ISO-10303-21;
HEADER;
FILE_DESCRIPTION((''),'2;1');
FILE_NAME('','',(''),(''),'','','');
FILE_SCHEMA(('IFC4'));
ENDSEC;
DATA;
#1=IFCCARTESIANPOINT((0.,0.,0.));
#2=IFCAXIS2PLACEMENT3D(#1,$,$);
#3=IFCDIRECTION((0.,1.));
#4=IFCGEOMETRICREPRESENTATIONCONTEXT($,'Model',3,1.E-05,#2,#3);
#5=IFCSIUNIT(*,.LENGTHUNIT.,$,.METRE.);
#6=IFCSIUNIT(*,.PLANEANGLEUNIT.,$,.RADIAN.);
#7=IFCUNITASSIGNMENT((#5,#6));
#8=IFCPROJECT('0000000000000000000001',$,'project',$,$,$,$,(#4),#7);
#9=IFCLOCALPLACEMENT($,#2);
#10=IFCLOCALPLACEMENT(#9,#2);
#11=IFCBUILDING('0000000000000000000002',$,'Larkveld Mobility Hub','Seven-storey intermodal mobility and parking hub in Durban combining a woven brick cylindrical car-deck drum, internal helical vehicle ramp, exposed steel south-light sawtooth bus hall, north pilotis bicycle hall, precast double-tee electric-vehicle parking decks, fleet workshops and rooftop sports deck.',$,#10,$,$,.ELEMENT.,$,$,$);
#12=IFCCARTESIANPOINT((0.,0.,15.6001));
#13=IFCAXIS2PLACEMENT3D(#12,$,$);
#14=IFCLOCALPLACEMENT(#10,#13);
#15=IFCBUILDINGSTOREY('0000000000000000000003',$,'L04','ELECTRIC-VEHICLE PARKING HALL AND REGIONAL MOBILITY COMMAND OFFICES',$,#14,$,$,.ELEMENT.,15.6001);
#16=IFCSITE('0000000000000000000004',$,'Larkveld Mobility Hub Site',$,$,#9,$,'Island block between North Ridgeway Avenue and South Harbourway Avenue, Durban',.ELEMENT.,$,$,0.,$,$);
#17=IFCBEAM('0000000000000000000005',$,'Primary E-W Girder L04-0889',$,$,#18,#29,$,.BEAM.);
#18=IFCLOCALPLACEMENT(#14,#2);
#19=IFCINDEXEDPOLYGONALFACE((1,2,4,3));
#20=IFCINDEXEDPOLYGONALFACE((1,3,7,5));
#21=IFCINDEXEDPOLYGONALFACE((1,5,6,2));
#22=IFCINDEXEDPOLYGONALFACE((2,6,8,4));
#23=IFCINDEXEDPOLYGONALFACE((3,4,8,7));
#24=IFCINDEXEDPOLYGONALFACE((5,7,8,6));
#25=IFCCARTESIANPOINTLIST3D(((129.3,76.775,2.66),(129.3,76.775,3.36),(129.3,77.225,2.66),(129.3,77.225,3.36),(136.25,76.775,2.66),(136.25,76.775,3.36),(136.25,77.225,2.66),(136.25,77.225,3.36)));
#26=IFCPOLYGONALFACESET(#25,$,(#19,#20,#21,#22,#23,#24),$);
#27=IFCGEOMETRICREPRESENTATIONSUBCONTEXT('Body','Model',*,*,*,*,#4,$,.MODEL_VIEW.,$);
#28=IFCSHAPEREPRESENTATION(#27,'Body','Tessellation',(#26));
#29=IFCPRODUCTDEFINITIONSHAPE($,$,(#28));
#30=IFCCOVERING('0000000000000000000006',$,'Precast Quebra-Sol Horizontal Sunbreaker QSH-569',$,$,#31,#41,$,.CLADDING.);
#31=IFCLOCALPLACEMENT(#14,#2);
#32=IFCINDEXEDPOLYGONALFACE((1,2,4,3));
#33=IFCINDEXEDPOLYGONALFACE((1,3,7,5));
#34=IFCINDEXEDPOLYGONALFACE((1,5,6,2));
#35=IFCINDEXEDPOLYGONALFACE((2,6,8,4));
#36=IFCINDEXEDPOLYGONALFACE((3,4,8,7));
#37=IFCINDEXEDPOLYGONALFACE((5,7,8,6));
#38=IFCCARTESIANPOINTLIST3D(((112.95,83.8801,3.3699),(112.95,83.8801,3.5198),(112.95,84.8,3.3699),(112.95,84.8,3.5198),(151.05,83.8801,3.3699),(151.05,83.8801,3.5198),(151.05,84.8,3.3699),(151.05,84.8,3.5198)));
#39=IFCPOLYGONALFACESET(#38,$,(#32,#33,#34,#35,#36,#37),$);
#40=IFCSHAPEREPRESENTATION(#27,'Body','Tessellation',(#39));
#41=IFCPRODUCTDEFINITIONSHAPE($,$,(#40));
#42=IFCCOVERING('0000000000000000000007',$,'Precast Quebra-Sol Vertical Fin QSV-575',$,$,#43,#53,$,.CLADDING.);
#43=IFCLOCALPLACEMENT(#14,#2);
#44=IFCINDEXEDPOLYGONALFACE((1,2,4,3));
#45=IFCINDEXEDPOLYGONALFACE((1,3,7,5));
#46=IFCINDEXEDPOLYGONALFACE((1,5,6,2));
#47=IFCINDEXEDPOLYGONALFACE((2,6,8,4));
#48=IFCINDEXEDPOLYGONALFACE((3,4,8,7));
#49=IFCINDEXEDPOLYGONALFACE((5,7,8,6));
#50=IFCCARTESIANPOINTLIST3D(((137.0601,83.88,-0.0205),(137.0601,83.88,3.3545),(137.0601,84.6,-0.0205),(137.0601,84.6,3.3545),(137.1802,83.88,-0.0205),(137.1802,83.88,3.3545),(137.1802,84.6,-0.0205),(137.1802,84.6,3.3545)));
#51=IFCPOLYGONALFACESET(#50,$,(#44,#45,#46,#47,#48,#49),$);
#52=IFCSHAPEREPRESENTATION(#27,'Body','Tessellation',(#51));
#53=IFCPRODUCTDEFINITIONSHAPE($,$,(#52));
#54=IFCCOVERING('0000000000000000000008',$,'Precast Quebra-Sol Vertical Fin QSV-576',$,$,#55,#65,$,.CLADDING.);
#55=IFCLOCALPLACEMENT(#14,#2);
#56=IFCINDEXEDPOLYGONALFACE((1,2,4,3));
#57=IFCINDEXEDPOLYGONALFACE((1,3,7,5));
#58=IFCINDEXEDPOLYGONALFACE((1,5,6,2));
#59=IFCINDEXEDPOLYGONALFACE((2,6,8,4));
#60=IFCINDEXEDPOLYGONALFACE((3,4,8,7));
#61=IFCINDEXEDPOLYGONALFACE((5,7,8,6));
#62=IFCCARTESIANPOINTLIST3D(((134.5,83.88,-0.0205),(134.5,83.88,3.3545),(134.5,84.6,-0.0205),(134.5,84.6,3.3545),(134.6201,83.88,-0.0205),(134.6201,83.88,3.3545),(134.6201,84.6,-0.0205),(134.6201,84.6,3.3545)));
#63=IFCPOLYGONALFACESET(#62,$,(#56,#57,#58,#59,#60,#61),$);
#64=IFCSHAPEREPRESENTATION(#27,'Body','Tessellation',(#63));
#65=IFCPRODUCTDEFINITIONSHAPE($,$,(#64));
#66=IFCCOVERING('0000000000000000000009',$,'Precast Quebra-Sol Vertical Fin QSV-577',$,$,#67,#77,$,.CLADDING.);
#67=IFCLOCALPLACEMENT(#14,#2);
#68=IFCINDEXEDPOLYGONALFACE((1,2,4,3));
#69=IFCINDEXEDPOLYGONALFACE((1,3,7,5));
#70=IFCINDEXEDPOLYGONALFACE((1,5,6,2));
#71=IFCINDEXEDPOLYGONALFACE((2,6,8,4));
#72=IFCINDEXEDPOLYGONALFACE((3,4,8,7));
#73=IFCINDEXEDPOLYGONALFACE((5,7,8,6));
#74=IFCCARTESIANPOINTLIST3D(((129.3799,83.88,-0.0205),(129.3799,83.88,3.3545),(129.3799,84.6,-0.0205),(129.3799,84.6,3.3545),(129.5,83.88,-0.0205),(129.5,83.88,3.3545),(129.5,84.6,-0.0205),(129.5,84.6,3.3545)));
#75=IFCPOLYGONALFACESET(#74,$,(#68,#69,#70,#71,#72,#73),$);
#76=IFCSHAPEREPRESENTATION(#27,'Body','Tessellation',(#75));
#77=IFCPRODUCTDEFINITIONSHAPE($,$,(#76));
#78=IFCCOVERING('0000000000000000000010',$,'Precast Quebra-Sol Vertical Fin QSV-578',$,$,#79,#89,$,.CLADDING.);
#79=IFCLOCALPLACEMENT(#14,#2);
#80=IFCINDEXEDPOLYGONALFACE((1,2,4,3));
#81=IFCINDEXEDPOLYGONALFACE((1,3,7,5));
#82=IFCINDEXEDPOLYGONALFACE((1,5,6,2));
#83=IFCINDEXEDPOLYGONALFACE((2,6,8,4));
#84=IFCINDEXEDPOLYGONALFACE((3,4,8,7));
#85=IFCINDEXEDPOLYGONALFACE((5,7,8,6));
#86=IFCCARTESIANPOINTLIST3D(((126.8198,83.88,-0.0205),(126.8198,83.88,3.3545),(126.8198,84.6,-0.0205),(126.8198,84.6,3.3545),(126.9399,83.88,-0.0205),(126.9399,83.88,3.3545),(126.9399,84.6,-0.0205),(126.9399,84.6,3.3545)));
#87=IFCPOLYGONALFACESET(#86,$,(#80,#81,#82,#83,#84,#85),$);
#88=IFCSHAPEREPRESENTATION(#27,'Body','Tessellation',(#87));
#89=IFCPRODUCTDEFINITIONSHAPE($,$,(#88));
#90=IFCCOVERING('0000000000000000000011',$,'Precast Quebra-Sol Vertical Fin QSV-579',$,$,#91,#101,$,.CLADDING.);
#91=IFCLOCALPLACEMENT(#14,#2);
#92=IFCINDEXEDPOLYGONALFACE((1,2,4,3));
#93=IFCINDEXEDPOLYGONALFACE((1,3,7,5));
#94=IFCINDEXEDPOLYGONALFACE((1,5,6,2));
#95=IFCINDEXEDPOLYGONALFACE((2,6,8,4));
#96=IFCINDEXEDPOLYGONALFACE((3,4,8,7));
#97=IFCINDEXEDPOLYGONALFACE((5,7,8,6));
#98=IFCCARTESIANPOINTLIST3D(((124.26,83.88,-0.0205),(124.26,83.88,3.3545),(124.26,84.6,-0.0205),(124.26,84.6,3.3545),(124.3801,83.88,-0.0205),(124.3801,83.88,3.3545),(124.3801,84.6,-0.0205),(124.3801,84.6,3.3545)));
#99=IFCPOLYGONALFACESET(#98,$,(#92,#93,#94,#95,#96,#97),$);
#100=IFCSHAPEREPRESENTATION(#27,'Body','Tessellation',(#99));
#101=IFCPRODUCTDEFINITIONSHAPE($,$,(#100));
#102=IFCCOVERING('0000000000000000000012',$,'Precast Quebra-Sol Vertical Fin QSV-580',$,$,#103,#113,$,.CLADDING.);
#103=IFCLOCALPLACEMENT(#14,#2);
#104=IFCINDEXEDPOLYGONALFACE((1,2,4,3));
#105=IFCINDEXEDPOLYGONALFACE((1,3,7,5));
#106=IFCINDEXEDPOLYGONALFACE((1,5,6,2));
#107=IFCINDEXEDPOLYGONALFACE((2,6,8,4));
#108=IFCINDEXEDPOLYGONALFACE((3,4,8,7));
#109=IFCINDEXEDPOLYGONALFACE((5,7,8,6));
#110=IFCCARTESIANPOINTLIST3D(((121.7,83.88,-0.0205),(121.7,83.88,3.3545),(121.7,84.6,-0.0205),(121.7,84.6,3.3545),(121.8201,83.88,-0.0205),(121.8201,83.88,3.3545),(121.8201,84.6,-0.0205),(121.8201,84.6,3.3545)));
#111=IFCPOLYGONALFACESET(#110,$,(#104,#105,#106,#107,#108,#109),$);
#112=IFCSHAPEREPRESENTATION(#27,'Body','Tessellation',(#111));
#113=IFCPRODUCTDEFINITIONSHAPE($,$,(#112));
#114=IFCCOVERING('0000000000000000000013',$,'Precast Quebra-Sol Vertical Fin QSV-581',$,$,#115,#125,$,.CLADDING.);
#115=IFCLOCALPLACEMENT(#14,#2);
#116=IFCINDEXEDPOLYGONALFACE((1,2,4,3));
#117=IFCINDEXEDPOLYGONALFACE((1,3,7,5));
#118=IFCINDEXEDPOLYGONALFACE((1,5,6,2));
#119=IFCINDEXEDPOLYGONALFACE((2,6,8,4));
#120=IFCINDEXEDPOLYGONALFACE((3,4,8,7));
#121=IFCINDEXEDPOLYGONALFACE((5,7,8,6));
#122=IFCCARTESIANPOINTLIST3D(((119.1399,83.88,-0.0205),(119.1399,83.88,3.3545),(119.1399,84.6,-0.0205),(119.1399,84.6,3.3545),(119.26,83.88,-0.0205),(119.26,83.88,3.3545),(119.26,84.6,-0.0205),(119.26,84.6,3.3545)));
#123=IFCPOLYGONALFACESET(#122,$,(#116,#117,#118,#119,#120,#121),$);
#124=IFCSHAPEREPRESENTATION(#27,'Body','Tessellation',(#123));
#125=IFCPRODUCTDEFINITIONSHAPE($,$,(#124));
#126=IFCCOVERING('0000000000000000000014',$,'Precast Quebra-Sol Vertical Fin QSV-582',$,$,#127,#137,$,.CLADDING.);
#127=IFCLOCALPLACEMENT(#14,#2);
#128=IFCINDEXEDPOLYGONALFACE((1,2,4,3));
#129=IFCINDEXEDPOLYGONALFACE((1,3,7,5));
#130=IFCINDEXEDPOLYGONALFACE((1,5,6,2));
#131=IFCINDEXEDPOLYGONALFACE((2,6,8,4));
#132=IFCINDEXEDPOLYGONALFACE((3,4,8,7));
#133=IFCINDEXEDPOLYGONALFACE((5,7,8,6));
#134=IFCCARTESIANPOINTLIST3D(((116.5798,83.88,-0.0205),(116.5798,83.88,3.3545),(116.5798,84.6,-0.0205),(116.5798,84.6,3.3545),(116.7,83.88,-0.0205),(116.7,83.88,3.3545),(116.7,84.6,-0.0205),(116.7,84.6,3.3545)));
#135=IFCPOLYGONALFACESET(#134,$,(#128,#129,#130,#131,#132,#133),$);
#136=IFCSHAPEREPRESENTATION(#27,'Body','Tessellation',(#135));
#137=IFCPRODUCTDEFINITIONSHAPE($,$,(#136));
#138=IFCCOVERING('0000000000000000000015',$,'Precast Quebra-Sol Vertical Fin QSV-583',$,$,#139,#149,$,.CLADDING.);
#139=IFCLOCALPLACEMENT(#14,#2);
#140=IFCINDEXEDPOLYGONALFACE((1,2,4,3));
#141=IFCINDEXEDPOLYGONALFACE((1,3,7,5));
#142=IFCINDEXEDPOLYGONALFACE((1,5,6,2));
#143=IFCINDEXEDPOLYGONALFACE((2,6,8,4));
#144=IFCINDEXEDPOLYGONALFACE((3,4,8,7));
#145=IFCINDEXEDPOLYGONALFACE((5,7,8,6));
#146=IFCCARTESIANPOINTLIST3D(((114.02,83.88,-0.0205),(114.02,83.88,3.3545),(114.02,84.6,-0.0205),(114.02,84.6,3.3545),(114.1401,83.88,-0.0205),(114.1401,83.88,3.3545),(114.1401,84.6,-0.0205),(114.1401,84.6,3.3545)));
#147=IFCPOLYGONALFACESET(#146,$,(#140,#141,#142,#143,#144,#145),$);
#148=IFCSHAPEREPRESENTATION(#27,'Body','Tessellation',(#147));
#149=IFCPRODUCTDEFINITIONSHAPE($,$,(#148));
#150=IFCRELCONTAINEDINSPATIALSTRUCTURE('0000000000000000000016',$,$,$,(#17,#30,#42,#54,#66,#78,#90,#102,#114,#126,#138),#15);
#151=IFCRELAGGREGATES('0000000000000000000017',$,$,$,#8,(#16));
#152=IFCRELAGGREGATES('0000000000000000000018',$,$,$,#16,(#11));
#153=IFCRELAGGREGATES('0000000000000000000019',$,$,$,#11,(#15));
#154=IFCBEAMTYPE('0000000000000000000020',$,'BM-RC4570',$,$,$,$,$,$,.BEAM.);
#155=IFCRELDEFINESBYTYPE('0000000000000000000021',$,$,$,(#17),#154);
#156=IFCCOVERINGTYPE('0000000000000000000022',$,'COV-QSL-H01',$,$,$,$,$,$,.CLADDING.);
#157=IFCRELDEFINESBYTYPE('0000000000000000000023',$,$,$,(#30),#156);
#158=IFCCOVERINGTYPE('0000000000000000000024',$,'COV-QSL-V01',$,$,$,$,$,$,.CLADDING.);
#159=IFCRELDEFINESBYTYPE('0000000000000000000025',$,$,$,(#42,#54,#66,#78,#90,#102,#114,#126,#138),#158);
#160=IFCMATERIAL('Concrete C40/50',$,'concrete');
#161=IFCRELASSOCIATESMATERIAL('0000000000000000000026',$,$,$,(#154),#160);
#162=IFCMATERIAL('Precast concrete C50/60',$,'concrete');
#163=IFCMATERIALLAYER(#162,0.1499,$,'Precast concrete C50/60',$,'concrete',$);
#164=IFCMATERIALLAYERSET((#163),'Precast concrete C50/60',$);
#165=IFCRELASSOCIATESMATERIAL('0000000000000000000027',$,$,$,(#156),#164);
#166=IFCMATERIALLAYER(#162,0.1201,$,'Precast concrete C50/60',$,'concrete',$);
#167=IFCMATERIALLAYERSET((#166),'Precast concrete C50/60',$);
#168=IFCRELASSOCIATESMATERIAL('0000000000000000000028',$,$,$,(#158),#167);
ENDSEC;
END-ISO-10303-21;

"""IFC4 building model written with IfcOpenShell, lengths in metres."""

from ifc_helpers import new_model, si_unit, direction, frame, origin, origin_2d, place, context, subcontext, project, spatial, rectangle, extrude, material, layer, layer_set, material_profile, profile_set, type_object, element, save


model = new_model("IFC4")

# Units and contexts
model_context = context("Model", 3, precision=1e-05, world=origin(), true_north=direction((0.0, 1.0)))
body_context = subcontext(model_context, "Body", "Model", "MODEL_VIEW")
ifc_project = project(units=[si_unit("LENGTHUNIT", "METRE"), si_unit("PLANEANGLEUNIT", "RADIAN")], contexts=[model_context])

# Site, building, storey
site_placement = place(None, origin())
site = spatial("IfcSite", under=ifc_project, at=site_placement, Name="Larkveld Mobility Hub Site", LongName="Island block between North Ridgeway Avenue and South Harbourway Avenue, Durban", CompositionType="ELEMENT", RefElevation=0.0)
building_placement = place(site_placement, origin())
building = spatial("IfcBuilding", under=site, at=building_placement, Name="Larkveld Mobility Hub", Description="Seven-storey intermodal mobility and parking hub in Durban combining a woven brick cylindrical car-deck drum, internal helical vehicle ramp, exposed steel south-light sawtooth bus hall, north pilotis bicycle hall, precast double-tee electric-vehicle parking decks, fleet workshops and rooftop sports deck.", CompositionType="ELEMENT")
storey_placement = place(building_placement, frame((0.0, 0.0, 15.6001)))
storey = spatial("IfcBuildingStorey", under=building, at=storey_placement, Name="L04", Description="ELECTRIC-VEHICLE PARKING HALL AND REGIONAL MOBILITY COMMAND OFFICES", CompositionType="ELEMENT", Elevation=15.6001)

# Shared definitions
ifc_material_1 = material(Name="Concrete C40/50", Category="concrete")

# Beam
ifc_material_2 = material(Name="Precast concrete C50/60", Category="concrete")
ifc_material_profile_1 = material_profile(ifc_material_1, rectangle(XDim=0.45, YDim=0.7, at=origin_2d()), Name="RC BM 450x700")
ifc_profile_set_1 = profile_set([ifc_material_profile_1], Name="Concrete C40/50")
beam_type_1 = type_object("IfcBeamType", Name="BM-RC4570", PredefinedType="BEAM", material=ifc_profile_set_1)
beam_1_placement = place(storey_placement, frame((129.3, 77.0, 3.01), z_axis=(1.0, 0.0, 0.0), x_axis=(0.0, 1.0, 0.0)))
element("IfcBeam", 1, at=beam_1_placement, inside=storey, type_object=beam_type_1, Name="Primary E-W Girder L04-0889", PredefinedType="BEAM", context=body_context, shape_type="SweptSolid", body=[
    extrude(rectangle(XDim=0.45, YDim=0.7, at=origin_2d()), origin(), (0.0, 0.0, 1.0), 6.95),
])

# Coverings
ifc_layer_1 = layer(ifc_material_2, 0.1499, Name="Precast concrete C50/60", Category="concrete")
ifc_layer_set_1 = layer_set([ifc_layer_1], Name="Precast concrete C50/60")
covering_type_1 = type_object("IfcCoveringType", Name="COV-QSL-H01", PredefinedType="CLADDING", material=ifc_layer_set_1)
covering_placement = place(storey_placement, frame((132.0, 84.3401, 3.3699), z_axis=(0.0, 0.0, 1.0), x_axis=(-1.0, 0.0, 0.0)))
element("IfcCovering", 2, at=covering_placement, inside=storey, type_object=covering_type_1, Name="Precast Quebra-Sol Horizontal Sunbreaker QSH-569", PredefinedType="CLADDING", context=body_context, shape_type="SweptSolid", body=[
    extrude(rectangle(XDim=38.1001, YDim=0.9199, at=origin_2d()), origin(), (0.0, 0.0, 1.0), 0.1499),
])
ifc_layer_2 = layer(ifc_material_2, 0.1201, Name="Precast concrete C50/60", Category="concrete")
ifc_layer_set_2 = layer_set([ifc_layer_2], Name="Precast concrete C50/60")
covering_type_2 = type_object("IfcCoveringType", Name="COV-QSL-V01", PredefinedType="CLADDING", material=ifc_layer_set_2)
for number, where, z_axis, x_axis, name in (
    (3, (137.1201, 84.24, -0.0205), (0.0, 0.0, 1.0), (-1.0, 0.0, 0.0), "Precast Quebra-Sol Vertical Fin QSV-575"),
    (4, (134.5601, 84.24, -0.0205), (0.0, 0.0, 1.0), (-1.0, 0.0, 0.0), "Precast Quebra-Sol Vertical Fin QSV-576"),
    (5, (129.4399, 84.24, -0.0205), (0.0, 0.0, 1.0), (-1.0, 0.0, 0.0), "Precast Quebra-Sol Vertical Fin QSV-577"),
    (6, (126.8799, 84.24, -0.0205), (0.0, 0.0, 1.0), (-1.0, 0.0, 0.0), "Precast Quebra-Sol Vertical Fin QSV-578"),
    (7, (124.3201, 84.24, -0.0205), (0.0, 0.0, 1.0), (-1.0, 0.0, 0.0), "Precast Quebra-Sol Vertical Fin QSV-579"),
    (8, (121.76, 84.24, -0.0205), (0.0, 0.0, 1.0), (-1.0, 0.0, 0.0), "Precast Quebra-Sol Vertical Fin QSV-580"),
    (9, (119.2, 84.24, -0.0205), (0.0, 0.0, 1.0), (-1.0, 0.0, 0.0), "Precast Quebra-Sol Vertical Fin QSV-581"),
    (10, (116.6399, 84.24, -0.0205), (0.0, 0.0, 1.0), (-1.0, 0.0, 0.0), "Precast Quebra-Sol Vertical Fin QSV-582"),
    (11, (114.0801, 84.24, -0.0205), (0.0, 0.0, 1.0), (-1.0, 0.0, 0.0), "Precast Quebra-Sol Vertical Fin QSV-583"),
):
    element("IfcCovering", number, at=place(storey_placement, frame(where, z_axis=z_axis, x_axis=x_axis)), inside=storey, type_object=covering_type_2, Name=name, PredefinedType="CLADDING", context=body_context, shape_type="SweptSolid", body=[
        extrude(rectangle(XDim=0.1201, YDim=0.72, at=origin_2d()), origin(), (0.0, 0.0, 1.0), 3.375),
    ])

save(model, "model.ifc")
